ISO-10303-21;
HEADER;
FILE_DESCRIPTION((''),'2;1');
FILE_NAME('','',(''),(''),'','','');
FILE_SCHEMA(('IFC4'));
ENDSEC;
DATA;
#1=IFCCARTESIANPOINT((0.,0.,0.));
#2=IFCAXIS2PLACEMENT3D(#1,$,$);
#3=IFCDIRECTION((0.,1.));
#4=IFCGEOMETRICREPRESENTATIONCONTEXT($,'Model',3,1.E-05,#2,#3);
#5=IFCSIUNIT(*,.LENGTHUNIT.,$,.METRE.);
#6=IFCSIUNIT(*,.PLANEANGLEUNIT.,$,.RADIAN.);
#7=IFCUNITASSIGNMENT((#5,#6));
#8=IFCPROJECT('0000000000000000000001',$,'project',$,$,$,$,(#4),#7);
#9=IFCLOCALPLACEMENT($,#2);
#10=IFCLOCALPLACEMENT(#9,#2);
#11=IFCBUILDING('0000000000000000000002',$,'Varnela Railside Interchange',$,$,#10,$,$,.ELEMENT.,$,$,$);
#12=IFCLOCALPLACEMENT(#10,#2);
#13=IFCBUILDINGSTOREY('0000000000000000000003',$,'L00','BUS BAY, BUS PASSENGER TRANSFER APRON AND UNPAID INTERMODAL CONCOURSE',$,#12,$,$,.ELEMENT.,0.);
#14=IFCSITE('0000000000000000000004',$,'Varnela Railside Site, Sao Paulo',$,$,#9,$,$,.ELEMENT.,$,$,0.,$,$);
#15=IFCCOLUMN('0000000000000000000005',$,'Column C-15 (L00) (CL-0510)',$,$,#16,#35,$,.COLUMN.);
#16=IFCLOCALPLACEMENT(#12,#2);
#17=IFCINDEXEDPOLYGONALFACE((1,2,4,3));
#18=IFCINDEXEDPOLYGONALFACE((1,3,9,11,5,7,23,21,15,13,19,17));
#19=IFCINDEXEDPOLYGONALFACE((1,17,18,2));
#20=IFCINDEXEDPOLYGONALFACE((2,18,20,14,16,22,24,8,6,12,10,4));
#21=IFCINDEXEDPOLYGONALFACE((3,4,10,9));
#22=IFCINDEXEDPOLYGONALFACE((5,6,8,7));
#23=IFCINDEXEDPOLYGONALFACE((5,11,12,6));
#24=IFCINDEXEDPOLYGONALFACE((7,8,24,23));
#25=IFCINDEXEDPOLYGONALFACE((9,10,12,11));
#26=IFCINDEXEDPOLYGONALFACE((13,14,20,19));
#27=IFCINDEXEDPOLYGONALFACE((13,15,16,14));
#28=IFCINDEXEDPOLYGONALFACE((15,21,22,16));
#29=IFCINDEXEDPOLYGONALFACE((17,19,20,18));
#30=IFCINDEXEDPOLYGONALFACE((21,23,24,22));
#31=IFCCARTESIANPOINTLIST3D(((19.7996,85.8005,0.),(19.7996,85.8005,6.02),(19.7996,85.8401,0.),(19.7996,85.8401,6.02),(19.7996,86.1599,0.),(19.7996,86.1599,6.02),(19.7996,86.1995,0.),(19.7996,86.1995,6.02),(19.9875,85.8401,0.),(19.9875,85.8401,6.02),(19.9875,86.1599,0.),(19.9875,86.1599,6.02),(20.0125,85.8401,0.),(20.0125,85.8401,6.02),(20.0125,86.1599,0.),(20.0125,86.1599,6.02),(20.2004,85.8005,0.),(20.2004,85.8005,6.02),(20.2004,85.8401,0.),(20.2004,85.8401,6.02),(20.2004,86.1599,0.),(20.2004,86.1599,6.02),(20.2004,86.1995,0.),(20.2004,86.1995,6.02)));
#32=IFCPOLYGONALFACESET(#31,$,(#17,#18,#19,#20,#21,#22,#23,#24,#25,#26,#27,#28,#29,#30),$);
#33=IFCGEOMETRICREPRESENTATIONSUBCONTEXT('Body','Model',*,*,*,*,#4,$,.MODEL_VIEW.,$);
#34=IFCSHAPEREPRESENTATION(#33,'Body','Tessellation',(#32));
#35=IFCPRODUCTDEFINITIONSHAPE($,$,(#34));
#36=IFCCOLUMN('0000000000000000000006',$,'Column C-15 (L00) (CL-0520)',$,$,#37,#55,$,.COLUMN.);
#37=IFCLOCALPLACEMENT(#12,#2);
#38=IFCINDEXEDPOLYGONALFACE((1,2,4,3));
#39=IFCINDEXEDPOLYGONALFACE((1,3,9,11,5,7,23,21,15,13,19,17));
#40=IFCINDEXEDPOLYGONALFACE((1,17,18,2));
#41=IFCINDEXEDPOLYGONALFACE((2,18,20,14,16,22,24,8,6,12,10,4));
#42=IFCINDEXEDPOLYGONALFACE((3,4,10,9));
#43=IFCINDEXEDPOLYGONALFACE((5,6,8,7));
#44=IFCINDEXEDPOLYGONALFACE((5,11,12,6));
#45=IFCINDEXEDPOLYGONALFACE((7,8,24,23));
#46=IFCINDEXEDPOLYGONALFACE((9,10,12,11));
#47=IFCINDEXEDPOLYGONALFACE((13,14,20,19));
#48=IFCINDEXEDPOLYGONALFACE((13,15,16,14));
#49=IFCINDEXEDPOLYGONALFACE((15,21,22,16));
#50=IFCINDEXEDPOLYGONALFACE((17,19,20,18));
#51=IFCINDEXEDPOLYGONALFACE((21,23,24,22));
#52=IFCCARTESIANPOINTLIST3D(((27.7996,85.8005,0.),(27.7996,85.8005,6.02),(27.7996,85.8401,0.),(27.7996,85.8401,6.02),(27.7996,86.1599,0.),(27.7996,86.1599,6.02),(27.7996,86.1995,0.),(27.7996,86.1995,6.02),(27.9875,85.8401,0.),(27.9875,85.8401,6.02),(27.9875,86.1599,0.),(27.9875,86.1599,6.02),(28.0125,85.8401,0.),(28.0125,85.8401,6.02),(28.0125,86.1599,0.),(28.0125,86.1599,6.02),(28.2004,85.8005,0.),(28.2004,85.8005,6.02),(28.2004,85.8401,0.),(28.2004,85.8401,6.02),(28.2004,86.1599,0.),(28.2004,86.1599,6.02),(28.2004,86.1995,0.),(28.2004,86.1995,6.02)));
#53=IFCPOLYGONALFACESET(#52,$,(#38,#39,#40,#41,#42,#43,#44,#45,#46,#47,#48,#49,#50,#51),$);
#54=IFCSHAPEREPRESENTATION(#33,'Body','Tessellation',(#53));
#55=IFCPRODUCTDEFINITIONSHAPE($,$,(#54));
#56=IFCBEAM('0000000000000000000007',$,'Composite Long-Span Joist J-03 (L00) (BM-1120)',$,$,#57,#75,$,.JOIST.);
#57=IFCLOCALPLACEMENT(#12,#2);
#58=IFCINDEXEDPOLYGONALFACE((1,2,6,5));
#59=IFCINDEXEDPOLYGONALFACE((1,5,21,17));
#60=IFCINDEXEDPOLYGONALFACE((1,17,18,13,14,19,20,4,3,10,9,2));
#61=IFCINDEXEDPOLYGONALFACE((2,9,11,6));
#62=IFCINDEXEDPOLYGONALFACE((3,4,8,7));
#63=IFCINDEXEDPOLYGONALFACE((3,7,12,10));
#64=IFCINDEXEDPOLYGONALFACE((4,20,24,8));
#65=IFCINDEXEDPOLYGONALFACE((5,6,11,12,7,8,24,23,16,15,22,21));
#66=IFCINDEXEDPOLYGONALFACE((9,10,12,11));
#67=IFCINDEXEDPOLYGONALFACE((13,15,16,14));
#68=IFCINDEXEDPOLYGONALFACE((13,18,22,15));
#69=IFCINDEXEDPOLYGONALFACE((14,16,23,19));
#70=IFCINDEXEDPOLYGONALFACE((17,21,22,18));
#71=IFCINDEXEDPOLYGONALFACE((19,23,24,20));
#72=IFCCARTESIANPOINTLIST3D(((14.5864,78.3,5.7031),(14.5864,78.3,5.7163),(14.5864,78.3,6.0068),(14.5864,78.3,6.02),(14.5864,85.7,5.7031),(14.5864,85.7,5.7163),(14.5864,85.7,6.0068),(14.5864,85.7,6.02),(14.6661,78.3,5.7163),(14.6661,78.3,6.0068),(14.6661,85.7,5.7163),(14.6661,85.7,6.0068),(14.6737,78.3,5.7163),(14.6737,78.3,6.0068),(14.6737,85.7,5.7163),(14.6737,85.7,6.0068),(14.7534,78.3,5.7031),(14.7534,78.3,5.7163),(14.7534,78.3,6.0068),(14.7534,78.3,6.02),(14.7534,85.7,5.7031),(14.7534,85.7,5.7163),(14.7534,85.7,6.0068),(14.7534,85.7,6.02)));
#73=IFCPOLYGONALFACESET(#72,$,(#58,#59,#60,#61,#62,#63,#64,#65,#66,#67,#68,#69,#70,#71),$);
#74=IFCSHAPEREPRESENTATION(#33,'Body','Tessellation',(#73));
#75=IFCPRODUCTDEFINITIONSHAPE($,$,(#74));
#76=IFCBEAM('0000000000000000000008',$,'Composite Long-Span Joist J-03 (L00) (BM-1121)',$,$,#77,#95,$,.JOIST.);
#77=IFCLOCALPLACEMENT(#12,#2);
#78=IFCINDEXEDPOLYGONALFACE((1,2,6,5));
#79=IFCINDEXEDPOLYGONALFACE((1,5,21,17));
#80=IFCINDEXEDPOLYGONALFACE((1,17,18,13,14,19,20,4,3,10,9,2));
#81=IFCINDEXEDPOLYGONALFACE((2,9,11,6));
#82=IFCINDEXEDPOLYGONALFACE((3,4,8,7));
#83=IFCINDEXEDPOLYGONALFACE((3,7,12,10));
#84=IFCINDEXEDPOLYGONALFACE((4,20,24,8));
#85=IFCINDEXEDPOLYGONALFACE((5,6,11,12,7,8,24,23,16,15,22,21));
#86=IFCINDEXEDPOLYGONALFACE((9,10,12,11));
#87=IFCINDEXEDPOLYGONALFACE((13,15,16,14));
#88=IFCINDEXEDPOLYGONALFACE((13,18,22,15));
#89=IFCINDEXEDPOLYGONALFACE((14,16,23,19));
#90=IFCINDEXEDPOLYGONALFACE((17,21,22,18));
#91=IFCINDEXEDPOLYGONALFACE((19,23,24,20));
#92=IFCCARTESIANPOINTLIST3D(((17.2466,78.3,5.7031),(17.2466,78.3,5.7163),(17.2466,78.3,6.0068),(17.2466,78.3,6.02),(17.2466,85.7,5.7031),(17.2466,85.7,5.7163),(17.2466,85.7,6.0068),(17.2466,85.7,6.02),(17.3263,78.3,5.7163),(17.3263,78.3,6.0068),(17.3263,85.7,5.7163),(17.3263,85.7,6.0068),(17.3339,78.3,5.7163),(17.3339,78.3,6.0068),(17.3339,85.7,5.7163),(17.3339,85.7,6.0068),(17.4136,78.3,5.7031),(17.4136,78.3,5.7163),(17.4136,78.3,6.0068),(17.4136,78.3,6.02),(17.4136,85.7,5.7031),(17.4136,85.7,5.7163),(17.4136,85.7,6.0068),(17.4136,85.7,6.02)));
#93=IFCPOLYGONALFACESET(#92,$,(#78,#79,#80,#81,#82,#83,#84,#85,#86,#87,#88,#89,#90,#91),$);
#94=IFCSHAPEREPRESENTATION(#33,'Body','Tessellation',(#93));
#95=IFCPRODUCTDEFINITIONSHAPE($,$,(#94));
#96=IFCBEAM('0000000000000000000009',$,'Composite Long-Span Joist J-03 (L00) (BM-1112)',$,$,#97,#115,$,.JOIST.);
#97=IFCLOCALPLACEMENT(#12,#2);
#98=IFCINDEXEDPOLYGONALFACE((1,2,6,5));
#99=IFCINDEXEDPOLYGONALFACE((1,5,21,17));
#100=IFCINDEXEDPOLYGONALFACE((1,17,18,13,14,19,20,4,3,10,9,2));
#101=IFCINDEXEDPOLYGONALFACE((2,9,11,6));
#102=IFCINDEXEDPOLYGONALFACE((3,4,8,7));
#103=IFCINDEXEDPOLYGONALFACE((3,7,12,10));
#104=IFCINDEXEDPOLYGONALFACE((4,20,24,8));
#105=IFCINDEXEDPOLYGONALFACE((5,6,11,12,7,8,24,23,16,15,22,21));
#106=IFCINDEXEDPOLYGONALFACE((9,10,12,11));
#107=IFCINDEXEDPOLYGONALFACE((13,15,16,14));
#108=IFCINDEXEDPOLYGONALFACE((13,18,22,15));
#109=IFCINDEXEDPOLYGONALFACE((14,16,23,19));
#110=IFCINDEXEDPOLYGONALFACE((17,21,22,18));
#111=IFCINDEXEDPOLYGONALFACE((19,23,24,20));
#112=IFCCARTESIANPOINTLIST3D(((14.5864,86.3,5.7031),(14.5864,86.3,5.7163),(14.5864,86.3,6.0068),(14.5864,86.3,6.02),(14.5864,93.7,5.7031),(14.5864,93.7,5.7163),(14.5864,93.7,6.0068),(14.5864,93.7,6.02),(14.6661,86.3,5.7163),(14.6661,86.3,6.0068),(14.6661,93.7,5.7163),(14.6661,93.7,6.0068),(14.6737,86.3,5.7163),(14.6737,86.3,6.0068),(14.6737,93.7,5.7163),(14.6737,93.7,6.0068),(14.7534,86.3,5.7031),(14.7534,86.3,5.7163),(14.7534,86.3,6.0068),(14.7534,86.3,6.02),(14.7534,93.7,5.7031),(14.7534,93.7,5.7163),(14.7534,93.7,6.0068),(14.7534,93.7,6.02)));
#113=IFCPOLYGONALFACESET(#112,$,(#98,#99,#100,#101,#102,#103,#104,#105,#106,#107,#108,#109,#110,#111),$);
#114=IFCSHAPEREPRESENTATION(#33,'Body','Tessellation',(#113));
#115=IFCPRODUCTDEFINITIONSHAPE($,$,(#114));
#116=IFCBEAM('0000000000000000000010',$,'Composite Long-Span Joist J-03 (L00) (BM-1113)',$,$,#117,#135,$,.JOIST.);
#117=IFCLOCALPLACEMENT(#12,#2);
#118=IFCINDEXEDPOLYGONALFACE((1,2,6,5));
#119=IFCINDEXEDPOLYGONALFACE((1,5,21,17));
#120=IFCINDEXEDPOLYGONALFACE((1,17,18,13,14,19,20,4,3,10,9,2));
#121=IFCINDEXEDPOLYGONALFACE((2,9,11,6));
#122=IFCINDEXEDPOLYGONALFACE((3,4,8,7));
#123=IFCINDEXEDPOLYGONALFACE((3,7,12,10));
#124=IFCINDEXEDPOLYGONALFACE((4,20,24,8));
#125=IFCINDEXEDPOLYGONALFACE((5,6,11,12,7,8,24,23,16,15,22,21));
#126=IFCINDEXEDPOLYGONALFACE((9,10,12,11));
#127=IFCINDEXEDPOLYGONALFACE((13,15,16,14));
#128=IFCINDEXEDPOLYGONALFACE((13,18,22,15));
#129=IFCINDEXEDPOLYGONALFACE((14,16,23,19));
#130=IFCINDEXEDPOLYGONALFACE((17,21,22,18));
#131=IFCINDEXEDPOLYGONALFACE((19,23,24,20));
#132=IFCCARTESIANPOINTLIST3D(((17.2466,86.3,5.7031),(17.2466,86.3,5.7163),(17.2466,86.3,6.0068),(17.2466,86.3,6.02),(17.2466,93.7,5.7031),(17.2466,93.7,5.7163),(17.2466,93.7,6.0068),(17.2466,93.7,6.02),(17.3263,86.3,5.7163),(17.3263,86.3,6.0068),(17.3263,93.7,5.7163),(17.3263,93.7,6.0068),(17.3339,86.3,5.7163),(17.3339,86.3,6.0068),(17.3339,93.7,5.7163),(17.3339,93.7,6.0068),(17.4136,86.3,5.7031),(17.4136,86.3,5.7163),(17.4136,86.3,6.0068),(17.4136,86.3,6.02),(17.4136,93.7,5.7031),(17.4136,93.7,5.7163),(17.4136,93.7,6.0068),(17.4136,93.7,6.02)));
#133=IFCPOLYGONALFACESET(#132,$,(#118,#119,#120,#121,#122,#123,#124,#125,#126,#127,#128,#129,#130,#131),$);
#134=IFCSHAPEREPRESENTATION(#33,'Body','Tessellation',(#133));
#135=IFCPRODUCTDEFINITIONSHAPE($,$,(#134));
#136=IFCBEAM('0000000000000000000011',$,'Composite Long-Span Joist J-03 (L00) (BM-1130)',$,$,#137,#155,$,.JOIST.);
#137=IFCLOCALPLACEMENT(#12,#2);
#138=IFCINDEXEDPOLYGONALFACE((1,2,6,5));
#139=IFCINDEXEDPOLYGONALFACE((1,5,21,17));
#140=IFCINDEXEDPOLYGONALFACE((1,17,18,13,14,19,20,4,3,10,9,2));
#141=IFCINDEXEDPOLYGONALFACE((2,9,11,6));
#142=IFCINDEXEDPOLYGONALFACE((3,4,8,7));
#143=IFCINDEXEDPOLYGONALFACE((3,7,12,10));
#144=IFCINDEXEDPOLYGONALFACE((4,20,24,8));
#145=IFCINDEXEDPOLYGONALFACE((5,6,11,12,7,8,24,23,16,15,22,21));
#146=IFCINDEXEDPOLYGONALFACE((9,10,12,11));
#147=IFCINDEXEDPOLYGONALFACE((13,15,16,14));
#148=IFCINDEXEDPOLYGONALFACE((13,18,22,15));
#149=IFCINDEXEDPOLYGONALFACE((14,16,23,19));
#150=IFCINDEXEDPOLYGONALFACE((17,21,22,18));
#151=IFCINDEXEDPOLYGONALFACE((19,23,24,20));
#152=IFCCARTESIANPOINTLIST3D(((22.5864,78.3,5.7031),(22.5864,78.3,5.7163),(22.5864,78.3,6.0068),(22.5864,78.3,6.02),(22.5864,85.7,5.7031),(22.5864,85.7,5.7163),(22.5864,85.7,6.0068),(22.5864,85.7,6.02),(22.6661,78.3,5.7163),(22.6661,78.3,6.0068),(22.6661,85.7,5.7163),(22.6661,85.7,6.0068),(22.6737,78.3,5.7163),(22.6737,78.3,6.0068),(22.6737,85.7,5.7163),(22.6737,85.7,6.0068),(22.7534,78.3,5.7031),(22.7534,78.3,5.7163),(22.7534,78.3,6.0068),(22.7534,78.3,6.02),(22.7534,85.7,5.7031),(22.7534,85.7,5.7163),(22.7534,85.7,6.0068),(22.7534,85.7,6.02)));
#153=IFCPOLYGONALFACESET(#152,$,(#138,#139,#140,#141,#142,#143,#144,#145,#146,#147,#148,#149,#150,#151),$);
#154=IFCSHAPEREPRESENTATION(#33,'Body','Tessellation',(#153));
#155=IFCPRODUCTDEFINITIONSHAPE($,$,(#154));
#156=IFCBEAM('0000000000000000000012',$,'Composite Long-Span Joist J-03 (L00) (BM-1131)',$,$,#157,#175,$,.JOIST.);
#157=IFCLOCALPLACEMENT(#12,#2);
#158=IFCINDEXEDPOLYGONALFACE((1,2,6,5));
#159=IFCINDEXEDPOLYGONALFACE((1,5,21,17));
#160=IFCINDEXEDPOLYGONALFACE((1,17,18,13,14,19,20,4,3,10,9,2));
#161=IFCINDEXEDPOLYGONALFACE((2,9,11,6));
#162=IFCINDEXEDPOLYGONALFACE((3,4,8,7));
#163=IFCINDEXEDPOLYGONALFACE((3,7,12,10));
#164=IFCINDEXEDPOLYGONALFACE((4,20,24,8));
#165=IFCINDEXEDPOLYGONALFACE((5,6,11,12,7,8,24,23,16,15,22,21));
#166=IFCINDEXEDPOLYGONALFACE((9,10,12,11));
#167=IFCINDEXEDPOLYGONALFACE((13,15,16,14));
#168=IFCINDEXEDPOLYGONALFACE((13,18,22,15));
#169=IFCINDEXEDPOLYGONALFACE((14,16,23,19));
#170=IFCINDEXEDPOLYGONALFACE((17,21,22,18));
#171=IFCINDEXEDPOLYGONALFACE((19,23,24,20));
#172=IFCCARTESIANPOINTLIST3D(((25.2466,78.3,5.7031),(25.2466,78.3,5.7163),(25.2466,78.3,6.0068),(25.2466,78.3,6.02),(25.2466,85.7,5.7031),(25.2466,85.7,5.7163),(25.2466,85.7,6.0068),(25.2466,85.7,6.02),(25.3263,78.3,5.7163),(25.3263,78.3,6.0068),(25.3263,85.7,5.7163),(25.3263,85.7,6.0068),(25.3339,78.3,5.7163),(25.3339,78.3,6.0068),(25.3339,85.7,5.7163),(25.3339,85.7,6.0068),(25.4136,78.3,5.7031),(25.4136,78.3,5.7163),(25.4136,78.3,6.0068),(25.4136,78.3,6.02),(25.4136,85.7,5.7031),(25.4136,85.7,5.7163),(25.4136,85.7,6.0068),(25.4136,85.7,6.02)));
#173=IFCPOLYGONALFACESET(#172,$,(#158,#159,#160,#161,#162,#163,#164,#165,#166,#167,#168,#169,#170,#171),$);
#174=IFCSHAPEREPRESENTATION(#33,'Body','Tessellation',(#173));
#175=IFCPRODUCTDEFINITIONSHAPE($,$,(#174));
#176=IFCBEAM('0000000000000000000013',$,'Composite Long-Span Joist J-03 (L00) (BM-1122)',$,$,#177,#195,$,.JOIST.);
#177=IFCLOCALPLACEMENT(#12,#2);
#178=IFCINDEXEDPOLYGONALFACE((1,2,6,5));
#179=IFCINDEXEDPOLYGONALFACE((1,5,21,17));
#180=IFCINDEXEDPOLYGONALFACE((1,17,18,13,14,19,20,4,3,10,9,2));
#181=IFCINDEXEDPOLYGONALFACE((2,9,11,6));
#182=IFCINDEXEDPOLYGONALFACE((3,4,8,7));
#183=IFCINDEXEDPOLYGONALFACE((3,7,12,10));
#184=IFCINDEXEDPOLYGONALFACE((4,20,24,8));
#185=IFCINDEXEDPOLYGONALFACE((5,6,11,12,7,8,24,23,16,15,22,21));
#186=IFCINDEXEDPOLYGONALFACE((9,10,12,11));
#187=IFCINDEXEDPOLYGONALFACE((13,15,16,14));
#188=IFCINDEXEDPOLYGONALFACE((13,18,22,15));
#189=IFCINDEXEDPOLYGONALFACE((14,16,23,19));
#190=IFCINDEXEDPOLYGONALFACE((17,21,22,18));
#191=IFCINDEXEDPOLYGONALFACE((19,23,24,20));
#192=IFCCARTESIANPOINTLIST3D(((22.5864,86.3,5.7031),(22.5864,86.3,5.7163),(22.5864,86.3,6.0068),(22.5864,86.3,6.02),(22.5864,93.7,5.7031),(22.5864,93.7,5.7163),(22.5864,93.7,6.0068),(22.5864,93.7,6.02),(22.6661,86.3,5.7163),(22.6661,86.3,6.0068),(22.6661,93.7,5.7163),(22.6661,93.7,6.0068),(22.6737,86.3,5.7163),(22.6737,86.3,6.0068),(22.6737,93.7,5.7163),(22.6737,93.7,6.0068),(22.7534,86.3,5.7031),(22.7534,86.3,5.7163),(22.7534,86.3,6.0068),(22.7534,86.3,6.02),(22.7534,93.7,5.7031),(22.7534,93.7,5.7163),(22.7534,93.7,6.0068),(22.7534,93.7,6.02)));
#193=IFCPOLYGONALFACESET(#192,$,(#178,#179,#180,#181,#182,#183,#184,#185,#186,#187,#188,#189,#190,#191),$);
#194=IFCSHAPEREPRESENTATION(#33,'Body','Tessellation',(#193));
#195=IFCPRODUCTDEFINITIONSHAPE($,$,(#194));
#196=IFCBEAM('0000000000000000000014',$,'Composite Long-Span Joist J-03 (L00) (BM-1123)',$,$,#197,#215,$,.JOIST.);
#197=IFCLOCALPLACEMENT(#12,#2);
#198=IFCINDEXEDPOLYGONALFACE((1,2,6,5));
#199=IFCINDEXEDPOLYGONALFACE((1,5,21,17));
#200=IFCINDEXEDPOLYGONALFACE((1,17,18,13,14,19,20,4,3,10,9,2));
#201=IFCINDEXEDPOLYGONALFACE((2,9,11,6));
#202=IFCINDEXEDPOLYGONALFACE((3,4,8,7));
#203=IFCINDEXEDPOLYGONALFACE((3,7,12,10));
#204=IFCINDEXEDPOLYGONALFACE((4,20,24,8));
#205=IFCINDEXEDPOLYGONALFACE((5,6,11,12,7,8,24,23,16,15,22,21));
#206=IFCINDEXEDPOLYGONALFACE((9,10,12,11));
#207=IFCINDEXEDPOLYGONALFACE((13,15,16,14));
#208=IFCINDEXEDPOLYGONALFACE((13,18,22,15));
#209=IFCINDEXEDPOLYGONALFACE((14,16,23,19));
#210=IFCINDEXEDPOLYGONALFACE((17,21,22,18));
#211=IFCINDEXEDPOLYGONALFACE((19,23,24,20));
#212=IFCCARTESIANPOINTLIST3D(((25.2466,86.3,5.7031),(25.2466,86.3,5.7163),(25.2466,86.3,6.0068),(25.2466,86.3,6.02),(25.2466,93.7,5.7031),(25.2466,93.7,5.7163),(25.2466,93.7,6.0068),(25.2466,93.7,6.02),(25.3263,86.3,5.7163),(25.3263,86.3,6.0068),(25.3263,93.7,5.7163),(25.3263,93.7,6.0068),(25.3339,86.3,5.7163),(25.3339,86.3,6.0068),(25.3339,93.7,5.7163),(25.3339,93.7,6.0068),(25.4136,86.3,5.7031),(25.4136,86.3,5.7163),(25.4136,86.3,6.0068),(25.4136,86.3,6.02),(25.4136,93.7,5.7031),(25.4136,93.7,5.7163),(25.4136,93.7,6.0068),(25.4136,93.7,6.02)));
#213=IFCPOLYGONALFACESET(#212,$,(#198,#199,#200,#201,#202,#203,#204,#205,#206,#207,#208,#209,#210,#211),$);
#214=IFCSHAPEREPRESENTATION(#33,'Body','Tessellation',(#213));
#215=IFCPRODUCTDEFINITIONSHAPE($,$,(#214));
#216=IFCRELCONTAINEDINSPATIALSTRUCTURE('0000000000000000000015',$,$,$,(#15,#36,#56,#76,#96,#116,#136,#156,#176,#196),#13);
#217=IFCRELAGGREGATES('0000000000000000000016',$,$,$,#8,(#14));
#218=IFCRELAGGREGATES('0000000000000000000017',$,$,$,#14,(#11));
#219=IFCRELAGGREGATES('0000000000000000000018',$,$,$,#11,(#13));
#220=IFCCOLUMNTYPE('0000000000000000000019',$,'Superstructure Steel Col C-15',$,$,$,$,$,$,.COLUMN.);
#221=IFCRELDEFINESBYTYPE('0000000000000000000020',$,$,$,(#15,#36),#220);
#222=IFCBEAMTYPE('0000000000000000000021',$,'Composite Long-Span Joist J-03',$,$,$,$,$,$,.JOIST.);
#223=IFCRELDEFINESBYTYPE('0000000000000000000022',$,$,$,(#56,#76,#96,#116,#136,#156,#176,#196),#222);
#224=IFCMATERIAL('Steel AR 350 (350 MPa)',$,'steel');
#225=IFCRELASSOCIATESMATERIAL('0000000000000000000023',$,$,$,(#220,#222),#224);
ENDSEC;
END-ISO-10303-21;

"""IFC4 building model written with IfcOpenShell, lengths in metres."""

from ifc_helpers import new_model, si_unit, direction, frame, origin, origin_2d, place, context, subcontext, project, spatial, i_section, extrude, material, material_profile, profile_set, type_object, element, save


model = new_model("IFC4")

# Units and contexts
model_context = context("Model", 3, precision=1e-05, world=origin(), true_north=direction((0.0, 1.0)))
body_context = subcontext(model_context, "Body", "Model", "MODEL_VIEW")
ifc_project = project(units=[si_unit("LENGTHUNIT", "METRE"), si_unit("PLANEANGLEUNIT", "RADIAN")], contexts=[model_context])

# Site, building, storey
site_placement = place(None, origin())
site = spatial("IfcSite", under=ifc_project, at=site_placement, Name="Varnela Railside Site, Sao Paulo", CompositionType="ELEMENT", RefElevation=0.0)
building_placement = place(site_placement, origin())
building = spatial("IfcBuilding", under=site, at=building_placement, Name="Varnela Railside Interchange", CompositionType="ELEMENT")
storey_placement = place(building_placement, origin())
storey = spatial("IfcBuildingStorey", under=building, at=storey_placement, Name="L00", Description="BUS BAY, BUS PASSENGER TRANSFER APRON AND UNPAID INTERMODAL CONCOURSE", CompositionType="ELEMENT", Elevation=0.0)

# Columns
ifc_material_1 = material(Name="Steel AR 350 (350 MPa)", Category="steel")
ifc_material_profile_1 = material_profile(ifc_material_1, i_section(OverallWidth=0.4009, OverallDepth=0.3989, WebThickness=0.0249, FlangeThickness=0.0396, at=origin_2d()), Name="W360x314")
ifc_profile_set_1 = profile_set([ifc_material_profile_1], Name="Steel AR 350 (350 MPa)")
column_type = type_object("IfcColumnType", Name="Superstructure Steel Col C-15", PredefinedType="COLUMN", material=ifc_profile_set_1)
for number, where, z_axis, x_axis, name in (
    (1, (20.0, 86.0, 0.0), (0.0, 0.0, 1.0), (1.0, 0.0, 0.0), "Column C-15 (L00) (CL-0510)"),
    (2, (28.0, 86.0, 0.0), (0.0, 0.0, 1.0), (1.0, 0.0, 0.0), "Column C-15 (L00) (CL-0520)"),
):
    element("IfcColumn", number, at=place(storey_placement, frame(where, z_axis=z_axis, x_axis=x_axis)), inside=storey, type_object=column_type, Name=name, PredefinedType="COLUMN", context=body_context, shape_type="SweptSolid", body=[
        extrude(i_section(OverallWidth=0.4009, OverallDepth=0.3989, WebThickness=0.0249, FlangeThickness=0.0396, at=origin_2d()), origin(), (0.0, 0.0, 1.0), 6.02),
    ])

# Beams
ifc_material_profile_2 = material_profile(ifc_material_1, i_section(OverallWidth=0.167, OverallDepth=0.3169, WebThickness=0.0076, FlangeThickness=0.0132, at=origin_2d()), Name="W310x52")
ifc_profile_set_2 = profile_set([ifc_material_profile_2], Name="Steel AR 350 (350 MPa)")
beam_type_1 = type_object("IfcBeamType", Name="Composite Long-Span Joist J-03", PredefinedType="JOIST", material=ifc_profile_set_2)
for number, where, z_axis, x_axis, name in (
    (3, (14.6699, 78.3, 5.8616), (0.0, 1.0, 0.0), (-1.0, 0.0, 0.0), "Composite Long-Span Joist J-03 (L00) (BM-1120)"),
    (4, (17.3301, 78.3, 5.8616), (0.0, 1.0, 0.0), (-1.0, 0.0, 0.0), "Composite Long-Span Joist J-03 (L00) (BM-1121)"),
    (5, (14.6699, 86.3, 5.8616), (0.0, 1.0, 0.0), (-1.0, 0.0, 0.0), "Composite Long-Span Joist J-03 (L00) (BM-1112)"),
    (6, (17.3301, 86.3, 5.8616), (0.0, 1.0, 0.0), (-1.0, 0.0, 0.0), "Composite Long-Span Joist J-03 (L00) (BM-1113)"),
    (7, (22.6699, 78.3, 5.8616), (0.0, 1.0, 0.0), (-1.0, 0.0, 0.0), "Composite Long-Span Joist J-03 (L00) (BM-1130)"),
    (8, (25.3301, 78.3, 5.8616), (0.0, 1.0, 0.0), (-1.0, 0.0, 0.0), "Composite Long-Span Joist J-03 (L00) (BM-1131)"),
    (9, (22.6699, 86.3, 5.8616), (0.0, 1.0, 0.0), (-1.0, 0.0, 0.0), "Composite Long-Span Joist J-03 (L00) (BM-1122)"),
    (10, (25.3301, 86.3, 5.8616), (0.0, 1.0, 0.0), (-1.0, 0.0, 0.0), "Composite Long-Span Joist J-03 (L00) (BM-1123)"),
):
    element("IfcBeam", number, at=place(storey_placement, frame(where, z_axis=z_axis, x_axis=x_axis)), inside=storey, type_object=beam_type_1, Name=name, PredefinedType="JOIST", context=body_context, shape_type="SweptSolid", body=[
        extrude(i_section(OverallWidth=0.167, OverallDepth=0.3169, WebThickness=0.0076, FlangeThickness=0.0132, at=origin_2d()), origin(), (0.0, 0.0, 1.0), 7.3999),
    ])

save(model, "model.ifc")
